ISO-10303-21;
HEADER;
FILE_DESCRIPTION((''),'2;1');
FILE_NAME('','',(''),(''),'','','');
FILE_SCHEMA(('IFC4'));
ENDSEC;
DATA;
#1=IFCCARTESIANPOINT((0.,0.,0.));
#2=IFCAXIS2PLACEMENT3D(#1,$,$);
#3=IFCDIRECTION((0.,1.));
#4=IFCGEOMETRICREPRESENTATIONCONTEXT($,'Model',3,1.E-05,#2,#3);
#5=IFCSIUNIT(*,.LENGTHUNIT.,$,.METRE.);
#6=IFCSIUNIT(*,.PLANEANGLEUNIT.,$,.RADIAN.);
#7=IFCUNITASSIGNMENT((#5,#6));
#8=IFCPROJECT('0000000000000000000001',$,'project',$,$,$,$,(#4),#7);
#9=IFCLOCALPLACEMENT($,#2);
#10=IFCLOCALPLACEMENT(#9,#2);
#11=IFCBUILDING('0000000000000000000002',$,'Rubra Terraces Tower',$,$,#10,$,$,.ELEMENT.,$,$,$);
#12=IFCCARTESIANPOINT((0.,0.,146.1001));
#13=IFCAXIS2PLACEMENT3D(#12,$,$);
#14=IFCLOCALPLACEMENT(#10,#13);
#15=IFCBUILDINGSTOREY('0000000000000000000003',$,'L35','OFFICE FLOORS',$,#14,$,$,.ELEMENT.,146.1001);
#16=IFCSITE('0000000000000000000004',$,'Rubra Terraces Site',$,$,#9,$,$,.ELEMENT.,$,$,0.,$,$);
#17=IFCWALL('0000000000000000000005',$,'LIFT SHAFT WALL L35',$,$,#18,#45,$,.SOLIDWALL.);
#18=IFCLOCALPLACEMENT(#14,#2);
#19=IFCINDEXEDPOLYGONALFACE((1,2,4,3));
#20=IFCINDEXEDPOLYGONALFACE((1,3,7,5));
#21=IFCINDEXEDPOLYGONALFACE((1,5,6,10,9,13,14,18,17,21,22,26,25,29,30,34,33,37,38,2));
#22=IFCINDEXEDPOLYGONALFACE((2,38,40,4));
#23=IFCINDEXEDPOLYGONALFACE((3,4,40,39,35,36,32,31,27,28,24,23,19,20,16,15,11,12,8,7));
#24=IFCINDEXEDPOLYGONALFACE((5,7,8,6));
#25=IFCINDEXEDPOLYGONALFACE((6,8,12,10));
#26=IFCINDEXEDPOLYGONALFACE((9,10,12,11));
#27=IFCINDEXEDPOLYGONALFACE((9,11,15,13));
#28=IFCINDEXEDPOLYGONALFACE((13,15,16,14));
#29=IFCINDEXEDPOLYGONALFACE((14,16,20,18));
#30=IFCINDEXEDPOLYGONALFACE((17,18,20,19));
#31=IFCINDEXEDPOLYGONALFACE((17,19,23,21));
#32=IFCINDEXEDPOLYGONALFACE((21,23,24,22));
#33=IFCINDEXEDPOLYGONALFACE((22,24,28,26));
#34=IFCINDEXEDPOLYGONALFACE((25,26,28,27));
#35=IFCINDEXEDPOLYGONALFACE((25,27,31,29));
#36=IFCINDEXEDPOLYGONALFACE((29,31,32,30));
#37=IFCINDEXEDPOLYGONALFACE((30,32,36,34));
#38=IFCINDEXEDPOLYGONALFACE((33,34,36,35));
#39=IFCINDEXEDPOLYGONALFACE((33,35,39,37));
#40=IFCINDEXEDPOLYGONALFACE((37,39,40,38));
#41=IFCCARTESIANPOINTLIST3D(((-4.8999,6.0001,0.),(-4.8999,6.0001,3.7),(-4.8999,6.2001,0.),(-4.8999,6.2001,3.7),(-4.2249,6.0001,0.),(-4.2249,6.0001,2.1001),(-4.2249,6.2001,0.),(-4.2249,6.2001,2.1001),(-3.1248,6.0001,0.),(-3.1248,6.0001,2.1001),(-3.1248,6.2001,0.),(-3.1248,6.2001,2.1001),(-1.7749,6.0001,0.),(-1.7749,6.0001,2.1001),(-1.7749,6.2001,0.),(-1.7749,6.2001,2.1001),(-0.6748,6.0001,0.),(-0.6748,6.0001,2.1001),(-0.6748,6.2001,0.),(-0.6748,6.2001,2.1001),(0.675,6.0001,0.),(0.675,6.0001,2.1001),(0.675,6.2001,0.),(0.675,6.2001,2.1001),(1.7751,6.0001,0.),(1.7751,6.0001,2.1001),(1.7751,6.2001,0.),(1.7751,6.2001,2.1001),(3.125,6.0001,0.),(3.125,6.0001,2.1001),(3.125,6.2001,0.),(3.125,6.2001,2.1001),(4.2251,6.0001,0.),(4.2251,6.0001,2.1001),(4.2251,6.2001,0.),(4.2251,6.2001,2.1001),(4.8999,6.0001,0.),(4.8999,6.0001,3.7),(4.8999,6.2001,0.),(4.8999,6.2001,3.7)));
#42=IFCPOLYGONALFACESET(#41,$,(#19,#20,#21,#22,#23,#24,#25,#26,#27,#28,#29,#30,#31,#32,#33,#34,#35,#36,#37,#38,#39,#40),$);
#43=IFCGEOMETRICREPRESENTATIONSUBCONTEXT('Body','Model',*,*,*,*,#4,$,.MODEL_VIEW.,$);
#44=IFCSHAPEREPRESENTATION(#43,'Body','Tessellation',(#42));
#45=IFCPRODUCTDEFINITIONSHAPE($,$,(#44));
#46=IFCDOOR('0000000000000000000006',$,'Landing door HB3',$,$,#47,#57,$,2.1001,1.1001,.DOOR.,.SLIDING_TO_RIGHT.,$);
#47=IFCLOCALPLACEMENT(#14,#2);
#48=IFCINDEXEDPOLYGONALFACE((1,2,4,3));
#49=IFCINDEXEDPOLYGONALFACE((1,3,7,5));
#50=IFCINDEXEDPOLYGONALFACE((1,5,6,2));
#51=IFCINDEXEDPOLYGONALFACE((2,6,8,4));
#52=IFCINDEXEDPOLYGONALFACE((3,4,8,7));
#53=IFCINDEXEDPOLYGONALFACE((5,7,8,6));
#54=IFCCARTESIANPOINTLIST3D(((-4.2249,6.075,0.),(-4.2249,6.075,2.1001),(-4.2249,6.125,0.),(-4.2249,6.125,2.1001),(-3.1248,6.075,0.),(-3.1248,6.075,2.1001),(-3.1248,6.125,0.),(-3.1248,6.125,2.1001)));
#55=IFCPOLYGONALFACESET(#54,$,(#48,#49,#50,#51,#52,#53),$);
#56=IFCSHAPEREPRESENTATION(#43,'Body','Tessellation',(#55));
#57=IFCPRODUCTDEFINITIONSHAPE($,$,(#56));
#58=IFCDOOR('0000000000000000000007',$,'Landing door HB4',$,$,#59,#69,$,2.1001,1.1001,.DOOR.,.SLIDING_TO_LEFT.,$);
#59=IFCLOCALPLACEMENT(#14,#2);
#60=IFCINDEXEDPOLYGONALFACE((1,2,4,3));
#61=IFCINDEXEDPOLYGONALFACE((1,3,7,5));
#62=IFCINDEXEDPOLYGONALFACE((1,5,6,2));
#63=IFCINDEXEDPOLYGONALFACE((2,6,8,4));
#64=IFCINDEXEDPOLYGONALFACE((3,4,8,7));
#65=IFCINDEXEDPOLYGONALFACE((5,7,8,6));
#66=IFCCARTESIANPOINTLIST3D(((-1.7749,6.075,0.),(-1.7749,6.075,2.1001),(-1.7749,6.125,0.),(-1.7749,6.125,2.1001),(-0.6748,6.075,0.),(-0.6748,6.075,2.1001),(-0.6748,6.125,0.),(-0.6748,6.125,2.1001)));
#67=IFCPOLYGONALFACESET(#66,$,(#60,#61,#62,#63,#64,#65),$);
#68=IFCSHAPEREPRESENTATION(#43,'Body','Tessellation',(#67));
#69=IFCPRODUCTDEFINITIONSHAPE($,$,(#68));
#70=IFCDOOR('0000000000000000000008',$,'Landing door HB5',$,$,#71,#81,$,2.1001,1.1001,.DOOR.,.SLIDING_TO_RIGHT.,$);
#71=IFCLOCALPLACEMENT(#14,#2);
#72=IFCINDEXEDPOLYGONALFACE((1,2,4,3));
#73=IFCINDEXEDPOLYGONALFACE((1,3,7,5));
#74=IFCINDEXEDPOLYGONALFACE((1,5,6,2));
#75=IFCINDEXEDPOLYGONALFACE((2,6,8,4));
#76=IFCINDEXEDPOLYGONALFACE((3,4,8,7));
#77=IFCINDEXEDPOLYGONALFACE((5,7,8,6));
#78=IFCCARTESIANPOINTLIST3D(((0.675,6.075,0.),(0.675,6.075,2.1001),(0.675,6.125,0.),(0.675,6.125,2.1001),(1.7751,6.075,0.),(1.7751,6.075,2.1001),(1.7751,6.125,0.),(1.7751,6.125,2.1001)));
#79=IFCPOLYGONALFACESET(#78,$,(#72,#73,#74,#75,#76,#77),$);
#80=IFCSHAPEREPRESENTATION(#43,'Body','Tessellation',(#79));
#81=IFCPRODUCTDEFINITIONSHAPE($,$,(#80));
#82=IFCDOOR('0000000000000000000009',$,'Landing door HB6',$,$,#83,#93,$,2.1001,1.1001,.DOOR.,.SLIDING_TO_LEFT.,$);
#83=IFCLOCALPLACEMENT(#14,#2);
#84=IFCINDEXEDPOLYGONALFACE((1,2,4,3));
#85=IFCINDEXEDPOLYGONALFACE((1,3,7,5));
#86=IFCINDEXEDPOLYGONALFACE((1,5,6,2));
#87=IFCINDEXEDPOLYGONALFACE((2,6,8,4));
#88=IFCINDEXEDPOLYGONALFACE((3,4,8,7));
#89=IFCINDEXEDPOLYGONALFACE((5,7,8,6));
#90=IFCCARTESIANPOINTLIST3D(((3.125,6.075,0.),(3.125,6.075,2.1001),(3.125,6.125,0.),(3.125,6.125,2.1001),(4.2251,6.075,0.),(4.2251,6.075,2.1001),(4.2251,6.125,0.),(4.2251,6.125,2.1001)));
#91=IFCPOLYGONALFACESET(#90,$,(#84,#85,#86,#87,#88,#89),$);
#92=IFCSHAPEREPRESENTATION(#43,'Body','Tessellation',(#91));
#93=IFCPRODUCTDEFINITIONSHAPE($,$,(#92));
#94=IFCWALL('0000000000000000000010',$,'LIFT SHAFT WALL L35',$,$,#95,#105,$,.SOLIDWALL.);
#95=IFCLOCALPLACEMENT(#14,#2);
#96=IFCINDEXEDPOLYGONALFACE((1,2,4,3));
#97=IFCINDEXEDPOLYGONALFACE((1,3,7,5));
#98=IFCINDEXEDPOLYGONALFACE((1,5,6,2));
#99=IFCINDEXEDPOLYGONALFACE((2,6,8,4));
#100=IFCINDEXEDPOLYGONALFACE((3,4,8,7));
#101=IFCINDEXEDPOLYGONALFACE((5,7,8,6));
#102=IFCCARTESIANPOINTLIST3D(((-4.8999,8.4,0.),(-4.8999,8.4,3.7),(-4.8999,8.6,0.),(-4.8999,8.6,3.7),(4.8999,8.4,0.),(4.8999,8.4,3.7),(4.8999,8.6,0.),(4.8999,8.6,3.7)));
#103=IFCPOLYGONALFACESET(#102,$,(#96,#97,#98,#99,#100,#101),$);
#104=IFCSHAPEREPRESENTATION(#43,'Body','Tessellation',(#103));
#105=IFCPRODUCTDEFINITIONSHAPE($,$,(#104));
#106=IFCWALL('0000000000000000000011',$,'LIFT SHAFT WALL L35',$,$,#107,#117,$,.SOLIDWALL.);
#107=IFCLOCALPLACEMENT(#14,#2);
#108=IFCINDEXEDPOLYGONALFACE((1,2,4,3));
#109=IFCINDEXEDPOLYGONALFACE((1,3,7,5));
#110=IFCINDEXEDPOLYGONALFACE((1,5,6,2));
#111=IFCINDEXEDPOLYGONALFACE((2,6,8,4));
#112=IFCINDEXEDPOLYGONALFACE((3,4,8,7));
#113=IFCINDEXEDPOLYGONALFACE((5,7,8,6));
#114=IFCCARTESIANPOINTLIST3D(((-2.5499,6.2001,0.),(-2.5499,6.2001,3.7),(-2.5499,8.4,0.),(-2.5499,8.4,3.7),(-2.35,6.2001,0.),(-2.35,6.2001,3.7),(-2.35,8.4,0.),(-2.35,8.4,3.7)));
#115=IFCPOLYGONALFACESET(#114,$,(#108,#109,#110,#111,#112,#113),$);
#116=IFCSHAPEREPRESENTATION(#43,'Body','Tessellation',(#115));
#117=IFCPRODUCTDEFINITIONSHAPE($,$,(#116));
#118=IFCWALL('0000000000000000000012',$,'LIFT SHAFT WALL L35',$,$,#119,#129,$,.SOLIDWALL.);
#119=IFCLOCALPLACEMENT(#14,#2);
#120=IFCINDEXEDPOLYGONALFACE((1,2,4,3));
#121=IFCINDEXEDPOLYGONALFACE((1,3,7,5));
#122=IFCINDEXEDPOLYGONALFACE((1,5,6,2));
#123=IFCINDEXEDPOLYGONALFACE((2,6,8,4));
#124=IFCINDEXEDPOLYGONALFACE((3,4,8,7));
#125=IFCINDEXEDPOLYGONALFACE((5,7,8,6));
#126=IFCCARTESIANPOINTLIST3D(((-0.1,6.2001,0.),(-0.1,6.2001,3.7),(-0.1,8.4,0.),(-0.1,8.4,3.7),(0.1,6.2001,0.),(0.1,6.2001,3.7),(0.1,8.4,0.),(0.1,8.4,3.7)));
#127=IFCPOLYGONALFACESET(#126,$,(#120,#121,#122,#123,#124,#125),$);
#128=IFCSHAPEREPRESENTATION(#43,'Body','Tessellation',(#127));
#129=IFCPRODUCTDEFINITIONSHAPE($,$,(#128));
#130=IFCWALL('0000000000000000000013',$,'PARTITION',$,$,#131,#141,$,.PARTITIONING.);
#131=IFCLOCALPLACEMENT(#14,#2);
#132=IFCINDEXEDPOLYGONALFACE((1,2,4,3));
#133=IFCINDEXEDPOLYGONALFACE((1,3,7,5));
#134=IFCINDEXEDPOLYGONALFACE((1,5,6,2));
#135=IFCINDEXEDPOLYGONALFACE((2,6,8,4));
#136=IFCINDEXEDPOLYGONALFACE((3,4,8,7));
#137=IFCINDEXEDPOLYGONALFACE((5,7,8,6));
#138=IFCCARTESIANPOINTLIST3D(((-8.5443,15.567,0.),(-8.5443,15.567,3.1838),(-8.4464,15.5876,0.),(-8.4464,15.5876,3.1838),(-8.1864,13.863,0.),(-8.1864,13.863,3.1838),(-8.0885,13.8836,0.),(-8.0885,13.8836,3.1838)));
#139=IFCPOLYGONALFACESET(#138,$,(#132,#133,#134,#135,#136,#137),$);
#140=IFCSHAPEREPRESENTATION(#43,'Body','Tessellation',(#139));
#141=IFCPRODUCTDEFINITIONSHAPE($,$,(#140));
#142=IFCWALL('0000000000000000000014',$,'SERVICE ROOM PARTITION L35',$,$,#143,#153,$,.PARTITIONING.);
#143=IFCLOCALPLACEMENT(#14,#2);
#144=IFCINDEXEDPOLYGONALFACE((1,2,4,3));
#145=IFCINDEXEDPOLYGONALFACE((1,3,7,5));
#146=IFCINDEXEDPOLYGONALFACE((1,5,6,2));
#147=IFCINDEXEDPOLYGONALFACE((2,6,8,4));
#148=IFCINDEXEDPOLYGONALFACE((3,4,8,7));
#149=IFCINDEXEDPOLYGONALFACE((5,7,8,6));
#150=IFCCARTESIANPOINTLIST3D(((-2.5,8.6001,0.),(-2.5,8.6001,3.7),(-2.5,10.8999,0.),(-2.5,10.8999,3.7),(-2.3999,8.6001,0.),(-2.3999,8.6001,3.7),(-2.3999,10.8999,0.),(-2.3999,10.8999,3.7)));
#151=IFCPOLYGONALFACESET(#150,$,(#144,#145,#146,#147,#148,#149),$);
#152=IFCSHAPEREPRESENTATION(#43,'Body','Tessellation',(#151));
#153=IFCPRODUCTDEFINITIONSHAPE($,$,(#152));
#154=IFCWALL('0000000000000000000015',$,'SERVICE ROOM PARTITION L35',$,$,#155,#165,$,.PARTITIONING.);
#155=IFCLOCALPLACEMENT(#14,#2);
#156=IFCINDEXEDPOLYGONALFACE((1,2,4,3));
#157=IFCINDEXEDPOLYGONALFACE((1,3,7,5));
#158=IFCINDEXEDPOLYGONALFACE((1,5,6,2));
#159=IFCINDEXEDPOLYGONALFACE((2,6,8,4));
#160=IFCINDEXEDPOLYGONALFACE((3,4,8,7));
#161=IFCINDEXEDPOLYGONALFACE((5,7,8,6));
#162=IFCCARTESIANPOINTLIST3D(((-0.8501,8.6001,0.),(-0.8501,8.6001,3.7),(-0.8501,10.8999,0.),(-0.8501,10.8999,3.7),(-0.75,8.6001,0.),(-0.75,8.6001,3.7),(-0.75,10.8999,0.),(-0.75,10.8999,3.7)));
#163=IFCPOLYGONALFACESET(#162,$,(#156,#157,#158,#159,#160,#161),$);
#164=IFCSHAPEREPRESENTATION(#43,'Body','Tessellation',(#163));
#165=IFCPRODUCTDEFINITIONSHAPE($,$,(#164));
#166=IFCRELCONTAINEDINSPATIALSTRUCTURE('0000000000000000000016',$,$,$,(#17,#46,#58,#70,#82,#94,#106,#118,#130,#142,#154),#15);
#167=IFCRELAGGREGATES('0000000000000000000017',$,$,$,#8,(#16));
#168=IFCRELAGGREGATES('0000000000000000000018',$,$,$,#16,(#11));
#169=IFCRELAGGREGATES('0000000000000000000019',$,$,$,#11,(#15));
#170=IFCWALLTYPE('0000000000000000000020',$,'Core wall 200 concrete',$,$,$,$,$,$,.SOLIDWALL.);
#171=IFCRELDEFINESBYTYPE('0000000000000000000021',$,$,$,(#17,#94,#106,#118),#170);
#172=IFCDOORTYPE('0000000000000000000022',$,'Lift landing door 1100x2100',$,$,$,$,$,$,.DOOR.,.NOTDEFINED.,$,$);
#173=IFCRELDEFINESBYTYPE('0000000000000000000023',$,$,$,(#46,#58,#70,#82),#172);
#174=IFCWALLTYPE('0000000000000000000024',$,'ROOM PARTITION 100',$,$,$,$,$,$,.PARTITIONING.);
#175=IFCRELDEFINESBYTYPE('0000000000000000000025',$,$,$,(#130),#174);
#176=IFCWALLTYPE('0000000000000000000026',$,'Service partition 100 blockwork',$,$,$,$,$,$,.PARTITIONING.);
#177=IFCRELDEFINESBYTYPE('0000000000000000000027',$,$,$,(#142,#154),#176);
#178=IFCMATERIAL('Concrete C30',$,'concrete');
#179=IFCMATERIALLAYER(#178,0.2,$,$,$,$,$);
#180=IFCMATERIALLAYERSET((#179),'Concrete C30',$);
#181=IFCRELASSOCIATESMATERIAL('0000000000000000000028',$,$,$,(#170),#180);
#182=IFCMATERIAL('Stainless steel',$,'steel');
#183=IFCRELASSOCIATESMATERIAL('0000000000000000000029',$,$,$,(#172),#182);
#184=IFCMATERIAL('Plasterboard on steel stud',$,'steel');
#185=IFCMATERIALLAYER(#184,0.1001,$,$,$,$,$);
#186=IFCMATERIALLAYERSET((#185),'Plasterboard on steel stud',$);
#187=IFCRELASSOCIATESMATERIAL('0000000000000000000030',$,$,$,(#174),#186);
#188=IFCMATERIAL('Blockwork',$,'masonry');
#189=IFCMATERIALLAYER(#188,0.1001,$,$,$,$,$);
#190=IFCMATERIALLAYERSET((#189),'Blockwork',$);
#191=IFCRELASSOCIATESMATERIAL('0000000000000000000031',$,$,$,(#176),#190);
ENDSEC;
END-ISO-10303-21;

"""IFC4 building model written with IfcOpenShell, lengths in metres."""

from ifc_helpers import new_model, si_unit, direction, frame, frame_2d, origin, place, context, subcontext, project, spatial, rectangle, extrude, material, layer, layer_set, type_object, element, fill, save


model = new_model("IFC4")

# Units and contexts
model_context = context("Model", 3, precision=1e-05, world=origin(), true_north=direction((0.0, 1.0)))
body_context = subcontext(model_context, "Body", "Model", "MODEL_VIEW")
ifc_project = project(units=[si_unit("LENGTHUNIT", "METRE"), si_unit("PLANEANGLEUNIT", "RADIAN")], contexts=[model_context])

# Site, building, storey
site_placement = place(None, origin())
site = spatial("IfcSite", under=ifc_project, at=site_placement, Name="Rubra Terraces Site", CompositionType="ELEMENT", RefElevation=0.0)
building_placement = place(site_placement, origin())
building = spatial("IfcBuilding", under=site, at=building_placement, Name="Rubra Terraces Tower", CompositionType="ELEMENT")
storey_placement = place(building_placement, frame((0.0, 0.0, 146.1001)))
storey = spatial("IfcBuildingStorey", under=building, at=storey_placement, Name="L35", Description="OFFICE FLOORS", CompositionType="ELEMENT", Elevation=146.1001)

# Shared definitions
ifc_material_1 = material(Name="Concrete C30", Category="concrete")
ifc_layer_1 = layer(ifc_material_1, 0.2)
ifc_layer_set_1 = layer_set([ifc_layer_1], Name="Concrete C30")
wall_type_1 = type_object("IfcWallType", Name="Core wall 200 concrete", PredefinedType="SOLIDWALL", material=ifc_layer_set_1)

# Wall, openings, doors
ifc_material_2 = material(Name="Stainless steel", Category="steel")
door_type_1 = type_object("IfcDoorType", Name="Lift landing door 1100x2100", OperationType="NOTDEFINED", PredefinedType="DOOR", material=ifc_material_2)
wall_1_placement = place(storey_placement, frame((-4.8999, 6.1001, 0.0), z_axis=(0.0, 0.0, 1.0), x_axis=(1.0, 0.0, 0.0)))
wall_1 = element("IfcWall", 1, at=wall_1_placement, inside=storey, type_object=wall_type_1, Name="LIFT SHAFT WALL L35", PredefinedType="SOLIDWALL", context=body_context, shape_type="SweptSolid", body=[
    extrude(rectangle(XDim=9.7998, YDim=0.2, at=frame_2d((4.8999, 0.0))), origin(), (0.0, 0.0, 1.0), 3.7),
])
opening_1_placement = place(wall_1_placement, frame((0.675, 0.0, 0.0)))
opening_1 = element("IfcOpeningElement", 2, at=opening_1_placement, cuts=wall_1, PredefinedType="OPENING", context=body_context, shape_type="SweptSolid", body=[
    extrude(rectangle(XDim=1.1001, YDim=2.1001, at=frame_2d((0.55, 1.05))), frame((0.0, 0.1099, 0.0), z_axis=(0.0, -1.0, 0.0), x_axis=(1.0, 0.0, 0.0)), (0.0, 0.0, 1.0), 0.22),
])
opening_2_placement = place(wall_1_placement, frame((3.125, 0.0, 0.0)))
opening_2 = element("IfcOpeningElement", 3, at=opening_2_placement, cuts=wall_1, PredefinedType="OPENING", context=body_context, shape_type="SweptSolid", body=[
    extrude(rectangle(XDim=1.1001, YDim=2.1001, at=frame_2d((0.55, 1.05))), frame((0.0, 0.1099, 0.0), z_axis=(0.0, -1.0, 0.0), x_axis=(1.0, 0.0, 0.0)), (0.0, 0.0, 1.0), 0.22),
])
opening_3_placement = place(wall_1_placement, frame((5.575, 0.0, 0.0)))
opening_3 = element("IfcOpeningElement", 4, at=opening_3_placement, cuts=wall_1, PredefinedType="OPENING", context=body_context, shape_type="SweptSolid", body=[
    extrude(rectangle(XDim=1.1001, YDim=2.1001, at=frame_2d((0.55, 1.05))), frame((0.0, 0.1099, 0.0), z_axis=(0.0, -1.0, 0.0), x_axis=(1.0, 0.0, 0.0)), (0.0, 0.0, 1.0), 0.22),
])
opening_4_placement = place(wall_1_placement, frame((8.0249, 0.0, 0.0)))
opening_4 = element("IfcOpeningElement", 5, at=opening_4_placement, cuts=wall_1, PredefinedType="OPENING", context=body_context, shape_type="SweptSolid", body=[
    extrude(rectangle(XDim=1.1001, YDim=2.1001, at=frame_2d((0.55, 1.05))), frame((0.0, 0.1099, 0.0), z_axis=(0.0, -1.0, 0.0), x_axis=(1.0, 0.0, 0.0)), (0.0, 0.0, 1.0), 0.22),
])
door_1_placement = place(opening_1_placement, origin())
door_1 = element("IfcDoor", 6, at=door_1_placement, inside=storey, type_object=door_type_1, Name="Landing door HB3", OperationType="SLIDING_TO_RIGHT", OverallHeight=2.1001, OverallWidth=1.1001, PredefinedType="DOOR", context=body_context, shape_type="SweptSolid", body=[
    extrude(rectangle(XDim=1.1001, YDim=2.1001, at=frame_2d((0.55, 1.05))), frame((0.0, 0.0249, 0.0), z_axis=(0.0, -1.0, 0.0), x_axis=(1.0, 0.0, 0.0)), (0.0, 0.0, 1.0), 0.05),
])
fill(opening_1, door_1)
door_2_placement = place(opening_2_placement, origin())
door_2 = element("IfcDoor", 7, at=door_2_placement, inside=storey, type_object=door_type_1, Name="Landing door HB4", OperationType="SLIDING_TO_LEFT", OverallHeight=2.1001, OverallWidth=1.1001, PredefinedType="DOOR", context=body_context, shape_type="SweptSolid", body=[
    extrude(rectangle(XDim=1.1001, YDim=2.1001, at=frame_2d((0.55, 1.05))), frame((0.0, 0.0249, 0.0), z_axis=(0.0, -1.0, 0.0), x_axis=(1.0, 0.0, 0.0)), (0.0, 0.0, 1.0), 0.05),
])
fill(opening_2, door_2)
door_3_placement = place(opening_3_placement, origin())
door_3 = element("IfcDoor", 8, at=door_3_placement, inside=storey, type_object=door_type_1, Name="Landing door HB5", OperationType="SLIDING_TO_RIGHT", OverallHeight=2.1001, OverallWidth=1.1001, PredefinedType="DOOR", context=body_context, shape_type="SweptSolid", body=[
    extrude(rectangle(XDim=1.1001, YDim=2.1001, at=frame_2d((0.55, 1.05))), frame((0.0, 0.0249, 0.0), z_axis=(0.0, -1.0, 0.0), x_axis=(1.0, 0.0, 0.0)), (0.0, 0.0, 1.0), 0.05),
])
fill(opening_3, door_3)
door_4_placement = place(opening_4_placement, origin())
door_4 = element("IfcDoor", 9, at=door_4_placement, inside=storey, type_object=door_type_1, Name="Landing door HB6", OperationType="SLIDING_TO_LEFT", OverallHeight=2.1001, OverallWidth=1.1001, PredefinedType="DOOR", context=body_context, shape_type="SweptSolid", body=[
    extrude(rectangle(XDim=1.1001, YDim=2.1001, at=frame_2d((0.55, 1.05))), frame((0.0, 0.0249, 0.0), z_axis=(0.0, -1.0, 0.0), x_axis=(1.0, 0.0, 0.0)), (0.0, 0.0, 1.0), 0.05),
])
fill(opening_4, door_4)

# Walls
wall_2_placement = place(storey_placement, frame((-4.8999, 8.5, 0.0), z_axis=(0.0, 0.0, 1.0), x_axis=(1.0, 0.0, 0.0)))
element("IfcWall", 10, at=wall_2_placement, inside=storey, type_object=wall_type_1, Name="LIFT SHAFT WALL L35", PredefinedType="SOLIDWALL", context=body_context, shape_type="SweptSolid", body=[
    extrude(rectangle(XDim=9.7998, YDim=0.2, at=frame_2d((4.8999, 0.0))), origin(), (0.0, 0.0, 1.0), 3.7),
])
for number, where, z_axis, x_axis, name in (
    (11, (-2.45, 6.2, 0.0), (0.0, 0.0, 1.0), (0.0, 1.0, 0.0), "LIFT SHAFT WALL L35"),
    (12, (0.0, 6.2, 0.0), (0.0, 0.0, 1.0), (0.0, 1.0, 0.0), "LIFT SHAFT WALL L35"),
):
    element("IfcWall", number, at=place(storey_placement, frame(where, z_axis=z_axis, x_axis=x_axis)), inside=storey, type_object=wall_type_1, Name=name, PredefinedType="SOLIDWALL", context=body_context, shape_type="SweptSolid", body=[
        extrude(rectangle(XDim=2.2, YDim=0.2, at=frame_2d((1.1001, 0.0))), origin(), (0.0, 0.0, 1.0), 3.7),
    ])
ifc_material_3 = material(Name="Plasterboard on steel stud", Category="steel")
ifc_layer_2 = layer(ifc_material_3, 0.1001)
ifc_layer_set_2 = layer_set([ifc_layer_2], Name="Plasterboard on steel stud")
wall_type_2 = type_object("IfcWallType", Name="ROOM PARTITION 100", PredefinedType="PARTITIONING", material=ifc_layer_set_2)
wall_3_placement = place(storey_placement, frame((-8.1375, 13.8733, 0.0), z_axis=(0.0, 0.0, 1.0), x_axis=(-0.205544, 0.978648, 0.0)))
element("IfcWall", 13, at=wall_3_placement, inside=storey, type_object=wall_type_2, Name="PARTITION", PredefinedType="PARTITIONING", context=body_context, shape_type="SweptSolid", body=[
    extrude(rectangle(XDim=1.7412, YDim=0.1001, at=frame_2d((0.8706, 0.0))), origin(), (0.0, 0.0, 1.0), 3.1838),
])
ifc_material_4 = material(Name="Blockwork", Category="masonry")
ifc_layer_3 = layer(ifc_material_4, 0.1001)
ifc_layer_set_3 = layer_set([ifc_layer_3], Name="Blockwork")
wall_type_3 = type_object("IfcWallType", Name="Service partition 100 blockwork", PredefinedType="PARTITIONING", material=ifc_layer_set_3)
for number, where, z_axis, x_axis, name in (
    (14, (-2.45, 8.6001, 0.0), (0.0, 0.0, 1.0), (0.0, 1.0, 0.0), "SERVICE ROOM PARTITION L35"),
    (15, (-0.8, 8.6001, 0.0), (0.0, 0.0, 1.0), (0.0, 1.0, 0.0), "SERVICE ROOM PARTITION L35"),
):
    element("IfcWall", number, at=place(storey_placement, frame(where, z_axis=z_axis, x_axis=x_axis)), inside=storey, type_object=wall_type_3, Name=name, PredefinedType="PARTITIONING", context=body_context, shape_type="SweptSolid", body=[
        extrude(rectangle(XDim=2.2998, YDim=0.1001, at=frame_2d((1.1499, 0.0))), origin(), (0.0, 0.0, 1.0), 3.7),
    ])

save(model, "model.ifc")
